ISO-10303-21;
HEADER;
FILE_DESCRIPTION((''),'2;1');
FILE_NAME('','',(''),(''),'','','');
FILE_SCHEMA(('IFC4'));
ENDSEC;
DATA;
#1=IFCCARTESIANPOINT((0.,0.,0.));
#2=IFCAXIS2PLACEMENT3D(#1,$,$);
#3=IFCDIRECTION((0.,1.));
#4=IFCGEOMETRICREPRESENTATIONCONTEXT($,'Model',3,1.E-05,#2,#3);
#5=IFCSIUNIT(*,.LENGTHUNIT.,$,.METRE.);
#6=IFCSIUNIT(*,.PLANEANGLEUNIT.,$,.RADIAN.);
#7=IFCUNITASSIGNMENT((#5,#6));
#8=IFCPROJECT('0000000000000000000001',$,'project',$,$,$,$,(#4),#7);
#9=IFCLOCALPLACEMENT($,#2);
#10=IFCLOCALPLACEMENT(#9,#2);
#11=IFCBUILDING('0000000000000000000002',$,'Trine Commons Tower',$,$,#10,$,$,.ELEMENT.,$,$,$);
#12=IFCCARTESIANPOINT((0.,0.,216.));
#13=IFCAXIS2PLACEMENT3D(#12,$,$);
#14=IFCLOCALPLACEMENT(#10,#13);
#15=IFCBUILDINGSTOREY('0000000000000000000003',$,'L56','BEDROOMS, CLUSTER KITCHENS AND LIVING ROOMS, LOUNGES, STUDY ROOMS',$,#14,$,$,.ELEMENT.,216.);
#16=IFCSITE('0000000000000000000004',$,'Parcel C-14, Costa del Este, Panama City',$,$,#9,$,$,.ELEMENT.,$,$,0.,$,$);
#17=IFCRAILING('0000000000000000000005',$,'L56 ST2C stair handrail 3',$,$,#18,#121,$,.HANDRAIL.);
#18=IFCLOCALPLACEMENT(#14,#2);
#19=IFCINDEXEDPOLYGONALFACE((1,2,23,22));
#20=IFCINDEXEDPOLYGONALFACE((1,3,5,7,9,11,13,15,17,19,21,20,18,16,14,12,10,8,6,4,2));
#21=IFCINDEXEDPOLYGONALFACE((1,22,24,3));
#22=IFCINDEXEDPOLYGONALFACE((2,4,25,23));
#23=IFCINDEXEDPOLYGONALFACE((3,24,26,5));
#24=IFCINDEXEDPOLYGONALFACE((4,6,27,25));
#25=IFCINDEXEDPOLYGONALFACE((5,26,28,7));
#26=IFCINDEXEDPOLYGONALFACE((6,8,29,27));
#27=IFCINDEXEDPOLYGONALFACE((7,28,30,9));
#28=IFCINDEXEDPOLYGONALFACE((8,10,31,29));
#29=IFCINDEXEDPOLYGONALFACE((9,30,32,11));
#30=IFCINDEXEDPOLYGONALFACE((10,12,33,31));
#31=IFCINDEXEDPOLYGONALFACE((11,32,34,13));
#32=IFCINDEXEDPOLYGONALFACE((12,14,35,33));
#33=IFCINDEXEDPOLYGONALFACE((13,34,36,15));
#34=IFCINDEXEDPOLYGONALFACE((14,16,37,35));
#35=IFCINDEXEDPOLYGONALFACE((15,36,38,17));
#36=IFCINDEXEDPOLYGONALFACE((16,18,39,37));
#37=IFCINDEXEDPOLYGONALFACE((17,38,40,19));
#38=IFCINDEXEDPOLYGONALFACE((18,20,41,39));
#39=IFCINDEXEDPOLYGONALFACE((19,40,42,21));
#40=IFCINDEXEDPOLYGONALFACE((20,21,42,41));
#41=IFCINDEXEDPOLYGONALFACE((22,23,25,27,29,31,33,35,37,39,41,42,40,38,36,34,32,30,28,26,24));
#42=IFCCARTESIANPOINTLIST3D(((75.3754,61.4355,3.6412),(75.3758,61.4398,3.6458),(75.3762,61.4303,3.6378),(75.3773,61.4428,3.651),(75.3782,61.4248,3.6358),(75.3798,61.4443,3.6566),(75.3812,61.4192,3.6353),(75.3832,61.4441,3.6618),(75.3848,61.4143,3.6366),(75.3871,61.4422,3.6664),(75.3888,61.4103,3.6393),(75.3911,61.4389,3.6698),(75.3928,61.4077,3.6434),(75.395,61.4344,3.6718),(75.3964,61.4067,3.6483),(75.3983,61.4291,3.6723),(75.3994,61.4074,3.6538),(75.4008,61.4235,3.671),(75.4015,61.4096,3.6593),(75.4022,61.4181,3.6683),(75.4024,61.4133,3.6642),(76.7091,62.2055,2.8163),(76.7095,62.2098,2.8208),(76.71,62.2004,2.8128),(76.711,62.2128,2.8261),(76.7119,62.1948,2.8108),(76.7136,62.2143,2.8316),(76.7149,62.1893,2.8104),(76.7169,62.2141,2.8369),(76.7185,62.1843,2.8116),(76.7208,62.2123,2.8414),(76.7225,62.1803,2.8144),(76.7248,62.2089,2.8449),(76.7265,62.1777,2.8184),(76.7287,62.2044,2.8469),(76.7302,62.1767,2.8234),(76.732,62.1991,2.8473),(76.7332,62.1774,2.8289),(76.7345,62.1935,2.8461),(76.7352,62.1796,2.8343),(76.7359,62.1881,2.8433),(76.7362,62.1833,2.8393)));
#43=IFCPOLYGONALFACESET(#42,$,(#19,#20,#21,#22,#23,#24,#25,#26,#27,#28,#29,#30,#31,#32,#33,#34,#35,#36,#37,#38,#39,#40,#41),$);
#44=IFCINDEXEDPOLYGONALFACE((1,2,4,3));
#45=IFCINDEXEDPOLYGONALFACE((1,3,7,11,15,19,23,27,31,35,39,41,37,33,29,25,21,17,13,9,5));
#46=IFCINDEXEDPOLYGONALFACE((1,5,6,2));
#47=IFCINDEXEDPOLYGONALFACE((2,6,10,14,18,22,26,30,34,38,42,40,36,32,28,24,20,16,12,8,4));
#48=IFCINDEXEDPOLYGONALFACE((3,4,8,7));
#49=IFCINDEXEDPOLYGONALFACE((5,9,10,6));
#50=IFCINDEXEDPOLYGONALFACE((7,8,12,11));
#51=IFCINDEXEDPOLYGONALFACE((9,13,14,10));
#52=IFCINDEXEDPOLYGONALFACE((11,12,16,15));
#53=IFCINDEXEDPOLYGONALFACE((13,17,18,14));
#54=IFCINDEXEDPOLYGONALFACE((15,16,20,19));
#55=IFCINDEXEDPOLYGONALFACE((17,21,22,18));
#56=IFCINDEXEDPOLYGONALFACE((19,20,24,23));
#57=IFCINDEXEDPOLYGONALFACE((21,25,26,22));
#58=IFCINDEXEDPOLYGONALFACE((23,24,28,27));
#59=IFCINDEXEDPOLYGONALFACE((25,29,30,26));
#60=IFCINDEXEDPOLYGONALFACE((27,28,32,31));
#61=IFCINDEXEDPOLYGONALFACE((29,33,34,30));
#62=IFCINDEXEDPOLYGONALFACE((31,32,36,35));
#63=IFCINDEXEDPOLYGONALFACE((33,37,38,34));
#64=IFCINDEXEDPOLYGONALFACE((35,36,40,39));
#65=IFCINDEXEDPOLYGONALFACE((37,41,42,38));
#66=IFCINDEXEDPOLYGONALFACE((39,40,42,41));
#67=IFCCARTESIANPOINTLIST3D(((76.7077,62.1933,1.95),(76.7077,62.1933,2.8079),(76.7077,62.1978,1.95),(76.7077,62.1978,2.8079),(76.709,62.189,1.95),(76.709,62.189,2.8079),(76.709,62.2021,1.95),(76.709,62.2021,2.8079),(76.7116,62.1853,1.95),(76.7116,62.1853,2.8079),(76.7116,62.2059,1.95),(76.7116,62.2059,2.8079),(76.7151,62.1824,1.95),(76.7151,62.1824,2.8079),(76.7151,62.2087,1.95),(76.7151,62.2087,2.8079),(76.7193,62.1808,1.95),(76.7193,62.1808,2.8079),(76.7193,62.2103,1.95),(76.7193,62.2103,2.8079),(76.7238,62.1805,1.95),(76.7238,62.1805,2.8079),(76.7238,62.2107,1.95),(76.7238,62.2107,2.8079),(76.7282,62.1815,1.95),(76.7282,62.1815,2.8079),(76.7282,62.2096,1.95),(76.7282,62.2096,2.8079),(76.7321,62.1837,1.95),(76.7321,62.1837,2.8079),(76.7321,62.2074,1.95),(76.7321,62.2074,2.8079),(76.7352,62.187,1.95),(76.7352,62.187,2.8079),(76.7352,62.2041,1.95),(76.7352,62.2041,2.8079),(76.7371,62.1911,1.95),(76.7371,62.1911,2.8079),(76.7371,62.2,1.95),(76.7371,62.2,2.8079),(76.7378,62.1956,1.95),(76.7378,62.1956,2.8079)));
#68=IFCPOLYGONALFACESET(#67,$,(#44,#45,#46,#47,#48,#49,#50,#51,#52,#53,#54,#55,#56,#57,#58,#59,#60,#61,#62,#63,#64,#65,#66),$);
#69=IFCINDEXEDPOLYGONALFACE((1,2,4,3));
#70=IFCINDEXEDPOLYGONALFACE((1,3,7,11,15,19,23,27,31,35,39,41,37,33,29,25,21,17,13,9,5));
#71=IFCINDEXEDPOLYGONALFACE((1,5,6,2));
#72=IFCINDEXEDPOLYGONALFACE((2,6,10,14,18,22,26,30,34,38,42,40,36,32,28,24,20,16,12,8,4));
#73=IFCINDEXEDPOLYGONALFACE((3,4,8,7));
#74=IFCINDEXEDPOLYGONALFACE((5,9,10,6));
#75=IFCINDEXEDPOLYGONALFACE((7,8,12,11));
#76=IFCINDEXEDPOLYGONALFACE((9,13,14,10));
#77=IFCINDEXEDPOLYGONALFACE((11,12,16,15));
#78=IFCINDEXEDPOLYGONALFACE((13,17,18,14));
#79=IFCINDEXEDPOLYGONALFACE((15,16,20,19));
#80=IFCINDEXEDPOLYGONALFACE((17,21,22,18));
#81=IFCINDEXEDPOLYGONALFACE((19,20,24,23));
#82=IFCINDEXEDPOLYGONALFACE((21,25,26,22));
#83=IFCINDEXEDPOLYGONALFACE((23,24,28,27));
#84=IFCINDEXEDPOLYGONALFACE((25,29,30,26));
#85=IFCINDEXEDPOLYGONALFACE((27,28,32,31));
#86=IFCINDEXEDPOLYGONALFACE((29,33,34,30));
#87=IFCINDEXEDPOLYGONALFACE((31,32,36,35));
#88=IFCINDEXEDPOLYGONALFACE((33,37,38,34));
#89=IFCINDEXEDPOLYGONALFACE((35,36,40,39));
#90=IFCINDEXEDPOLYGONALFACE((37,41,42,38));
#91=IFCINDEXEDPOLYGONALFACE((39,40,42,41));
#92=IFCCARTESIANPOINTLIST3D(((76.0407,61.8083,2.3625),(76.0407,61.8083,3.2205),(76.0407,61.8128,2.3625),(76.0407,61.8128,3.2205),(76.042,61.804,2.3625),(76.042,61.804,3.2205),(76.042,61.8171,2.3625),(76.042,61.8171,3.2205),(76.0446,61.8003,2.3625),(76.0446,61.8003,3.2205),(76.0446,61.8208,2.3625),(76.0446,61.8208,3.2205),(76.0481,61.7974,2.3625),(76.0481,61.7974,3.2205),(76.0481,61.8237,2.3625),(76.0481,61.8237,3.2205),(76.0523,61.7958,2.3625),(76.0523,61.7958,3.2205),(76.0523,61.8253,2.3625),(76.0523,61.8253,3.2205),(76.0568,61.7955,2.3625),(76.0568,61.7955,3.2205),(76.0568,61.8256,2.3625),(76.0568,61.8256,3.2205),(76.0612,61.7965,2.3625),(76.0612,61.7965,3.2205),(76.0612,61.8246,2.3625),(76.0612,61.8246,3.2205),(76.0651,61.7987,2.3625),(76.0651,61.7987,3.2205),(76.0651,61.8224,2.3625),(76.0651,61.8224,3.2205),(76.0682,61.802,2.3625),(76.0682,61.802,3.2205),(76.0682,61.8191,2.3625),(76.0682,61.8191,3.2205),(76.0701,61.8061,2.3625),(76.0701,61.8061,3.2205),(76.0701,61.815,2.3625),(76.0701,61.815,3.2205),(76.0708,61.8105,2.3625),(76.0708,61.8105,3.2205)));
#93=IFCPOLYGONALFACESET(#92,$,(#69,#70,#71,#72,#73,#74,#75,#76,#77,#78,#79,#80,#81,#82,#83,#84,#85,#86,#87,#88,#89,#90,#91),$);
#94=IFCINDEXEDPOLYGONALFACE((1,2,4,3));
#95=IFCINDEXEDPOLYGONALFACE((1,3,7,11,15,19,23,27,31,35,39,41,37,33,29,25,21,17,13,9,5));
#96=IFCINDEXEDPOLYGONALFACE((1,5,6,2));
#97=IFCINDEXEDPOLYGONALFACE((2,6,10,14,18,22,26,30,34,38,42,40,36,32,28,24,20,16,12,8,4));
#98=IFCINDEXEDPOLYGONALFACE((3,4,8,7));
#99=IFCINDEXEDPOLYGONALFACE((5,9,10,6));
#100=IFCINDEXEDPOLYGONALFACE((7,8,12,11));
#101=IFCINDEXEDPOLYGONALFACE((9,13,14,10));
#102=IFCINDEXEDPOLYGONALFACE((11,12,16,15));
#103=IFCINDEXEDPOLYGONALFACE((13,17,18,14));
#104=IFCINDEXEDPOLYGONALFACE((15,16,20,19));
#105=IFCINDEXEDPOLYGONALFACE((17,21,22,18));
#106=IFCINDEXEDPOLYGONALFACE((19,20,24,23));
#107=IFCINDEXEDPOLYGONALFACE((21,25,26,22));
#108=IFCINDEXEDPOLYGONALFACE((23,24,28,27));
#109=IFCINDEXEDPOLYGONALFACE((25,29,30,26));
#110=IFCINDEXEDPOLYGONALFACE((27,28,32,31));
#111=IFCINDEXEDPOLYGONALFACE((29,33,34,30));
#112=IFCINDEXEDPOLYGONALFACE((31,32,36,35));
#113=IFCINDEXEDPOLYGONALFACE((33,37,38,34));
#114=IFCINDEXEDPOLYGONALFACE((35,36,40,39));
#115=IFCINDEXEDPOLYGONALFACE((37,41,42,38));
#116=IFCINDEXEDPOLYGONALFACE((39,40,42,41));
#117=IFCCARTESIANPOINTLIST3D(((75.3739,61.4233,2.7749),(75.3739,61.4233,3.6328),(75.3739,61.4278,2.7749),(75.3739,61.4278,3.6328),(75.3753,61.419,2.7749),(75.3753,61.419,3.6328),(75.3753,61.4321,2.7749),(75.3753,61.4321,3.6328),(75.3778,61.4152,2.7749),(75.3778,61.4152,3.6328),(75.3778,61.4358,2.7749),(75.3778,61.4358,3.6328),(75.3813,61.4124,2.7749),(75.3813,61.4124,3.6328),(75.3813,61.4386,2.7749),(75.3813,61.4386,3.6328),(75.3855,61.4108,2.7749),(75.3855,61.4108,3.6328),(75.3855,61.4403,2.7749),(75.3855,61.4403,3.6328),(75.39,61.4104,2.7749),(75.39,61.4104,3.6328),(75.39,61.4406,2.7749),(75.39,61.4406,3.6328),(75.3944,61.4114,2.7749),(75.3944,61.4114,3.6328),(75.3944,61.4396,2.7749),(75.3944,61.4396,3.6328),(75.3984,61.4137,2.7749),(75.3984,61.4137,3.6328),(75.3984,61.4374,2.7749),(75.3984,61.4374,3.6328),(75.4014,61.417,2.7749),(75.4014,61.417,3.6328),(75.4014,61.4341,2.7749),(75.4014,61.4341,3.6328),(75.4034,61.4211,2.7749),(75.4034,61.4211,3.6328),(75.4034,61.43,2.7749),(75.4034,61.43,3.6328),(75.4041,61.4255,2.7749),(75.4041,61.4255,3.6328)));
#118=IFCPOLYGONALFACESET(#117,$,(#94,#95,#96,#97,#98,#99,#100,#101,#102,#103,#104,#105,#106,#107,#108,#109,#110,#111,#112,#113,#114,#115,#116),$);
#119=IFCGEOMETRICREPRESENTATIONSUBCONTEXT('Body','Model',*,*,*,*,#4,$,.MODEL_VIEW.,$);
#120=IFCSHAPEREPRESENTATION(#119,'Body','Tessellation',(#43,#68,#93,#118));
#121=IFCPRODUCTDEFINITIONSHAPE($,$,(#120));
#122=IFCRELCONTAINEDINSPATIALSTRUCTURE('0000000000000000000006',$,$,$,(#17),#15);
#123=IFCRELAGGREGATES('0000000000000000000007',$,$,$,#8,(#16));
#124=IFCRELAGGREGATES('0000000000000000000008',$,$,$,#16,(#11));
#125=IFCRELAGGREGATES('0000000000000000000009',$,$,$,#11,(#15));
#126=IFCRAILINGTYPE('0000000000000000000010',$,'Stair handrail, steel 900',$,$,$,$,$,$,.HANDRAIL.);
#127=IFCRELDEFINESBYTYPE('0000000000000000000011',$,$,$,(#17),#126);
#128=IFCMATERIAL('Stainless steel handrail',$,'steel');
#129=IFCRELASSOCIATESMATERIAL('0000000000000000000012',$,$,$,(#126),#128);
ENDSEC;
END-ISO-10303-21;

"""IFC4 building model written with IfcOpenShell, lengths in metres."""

from ifc_helpers import new_model, si_unit, direction, frame, origin, origin_2d, place, context, subcontext, project, spatial, circle, extrude, material, type_object, element, save


model = new_model("IFC4")

# Units and contexts
model_context = context("Model", 3, precision=1e-05, world=origin(), true_north=direction((0.0, 1.0)))
body_context = subcontext(model_context, "Body", "Model", "MODEL_VIEW")
ifc_project = project(units=[si_unit("LENGTHUNIT", "METRE"), si_unit("PLANEANGLEUNIT", "RADIAN")], contexts=[model_context])

# Site, building, storey
site_placement = place(None, origin())
site = spatial("IfcSite", under=ifc_project, at=site_placement, Name="Parcel C-14, Costa del Este, Panama City", CompositionType="ELEMENT", RefElevation=0.0)
building_placement = place(site_placement, origin())
building = spatial("IfcBuilding", under=site, at=building_placement, Name="Trine Commons Tower", CompositionType="ELEMENT")
storey_placement = place(building_placement, frame((0.0, 0.0, 216.0)))
storey = spatial("IfcBuildingStorey", under=building, at=storey_placement, Name="L56", Description="BEDROOMS, CLUSTER KITCHENS AND LIVING ROOMS, LOUNGES, STUDY ROOMS", CompositionType="ELEMENT", Elevation=216.0)

# Railing
ifc_material_1 = material(Name="Stainless steel handrail", Category="steel")
railing_type_1 = type_object("IfcRailingType", Name="Stair handrail, steel 900", PredefinedType="HANDRAIL", material=ifc_material_1)
railing_1_placement = place(storey_placement, frame((76.7227, 62.1956, 1.95)))
element("IfcRailing", 1, at=railing_1_placement, inside=storey, type_object=railing_type_1, Name="L56 ST2C stair handrail 3", PredefinedType="HANDRAIL", context=body_context, shape_type="SweptSolid", body=[
    extrude(circle(Radius=0.021, at=origin_2d()), frame((0.0, 0.0, 0.8789), z_axis=(-0.763405, -0.440743, 0.472185), x_axis=(0.499992, -0.86603, 0.0)), (0.0, 0.0, 1.0), 1.7471),
    extrude(circle(Radius=0.0151, at=origin_2d()), origin(), (0.0, 0.0, 1.0), 0.8579),
    extrude(circle(Radius=0.0151, at=origin_2d()), frame((-0.667, -0.385, 0.4126)), (0.0, 0.0, 1.0), 0.8579),
    extrude(circle(Radius=0.0151, at=origin_2d()), frame((-1.3337, -0.77, 0.825)), (0.0, 0.0, 1.0), 0.8579),
])

save(model, "model.ifc")
